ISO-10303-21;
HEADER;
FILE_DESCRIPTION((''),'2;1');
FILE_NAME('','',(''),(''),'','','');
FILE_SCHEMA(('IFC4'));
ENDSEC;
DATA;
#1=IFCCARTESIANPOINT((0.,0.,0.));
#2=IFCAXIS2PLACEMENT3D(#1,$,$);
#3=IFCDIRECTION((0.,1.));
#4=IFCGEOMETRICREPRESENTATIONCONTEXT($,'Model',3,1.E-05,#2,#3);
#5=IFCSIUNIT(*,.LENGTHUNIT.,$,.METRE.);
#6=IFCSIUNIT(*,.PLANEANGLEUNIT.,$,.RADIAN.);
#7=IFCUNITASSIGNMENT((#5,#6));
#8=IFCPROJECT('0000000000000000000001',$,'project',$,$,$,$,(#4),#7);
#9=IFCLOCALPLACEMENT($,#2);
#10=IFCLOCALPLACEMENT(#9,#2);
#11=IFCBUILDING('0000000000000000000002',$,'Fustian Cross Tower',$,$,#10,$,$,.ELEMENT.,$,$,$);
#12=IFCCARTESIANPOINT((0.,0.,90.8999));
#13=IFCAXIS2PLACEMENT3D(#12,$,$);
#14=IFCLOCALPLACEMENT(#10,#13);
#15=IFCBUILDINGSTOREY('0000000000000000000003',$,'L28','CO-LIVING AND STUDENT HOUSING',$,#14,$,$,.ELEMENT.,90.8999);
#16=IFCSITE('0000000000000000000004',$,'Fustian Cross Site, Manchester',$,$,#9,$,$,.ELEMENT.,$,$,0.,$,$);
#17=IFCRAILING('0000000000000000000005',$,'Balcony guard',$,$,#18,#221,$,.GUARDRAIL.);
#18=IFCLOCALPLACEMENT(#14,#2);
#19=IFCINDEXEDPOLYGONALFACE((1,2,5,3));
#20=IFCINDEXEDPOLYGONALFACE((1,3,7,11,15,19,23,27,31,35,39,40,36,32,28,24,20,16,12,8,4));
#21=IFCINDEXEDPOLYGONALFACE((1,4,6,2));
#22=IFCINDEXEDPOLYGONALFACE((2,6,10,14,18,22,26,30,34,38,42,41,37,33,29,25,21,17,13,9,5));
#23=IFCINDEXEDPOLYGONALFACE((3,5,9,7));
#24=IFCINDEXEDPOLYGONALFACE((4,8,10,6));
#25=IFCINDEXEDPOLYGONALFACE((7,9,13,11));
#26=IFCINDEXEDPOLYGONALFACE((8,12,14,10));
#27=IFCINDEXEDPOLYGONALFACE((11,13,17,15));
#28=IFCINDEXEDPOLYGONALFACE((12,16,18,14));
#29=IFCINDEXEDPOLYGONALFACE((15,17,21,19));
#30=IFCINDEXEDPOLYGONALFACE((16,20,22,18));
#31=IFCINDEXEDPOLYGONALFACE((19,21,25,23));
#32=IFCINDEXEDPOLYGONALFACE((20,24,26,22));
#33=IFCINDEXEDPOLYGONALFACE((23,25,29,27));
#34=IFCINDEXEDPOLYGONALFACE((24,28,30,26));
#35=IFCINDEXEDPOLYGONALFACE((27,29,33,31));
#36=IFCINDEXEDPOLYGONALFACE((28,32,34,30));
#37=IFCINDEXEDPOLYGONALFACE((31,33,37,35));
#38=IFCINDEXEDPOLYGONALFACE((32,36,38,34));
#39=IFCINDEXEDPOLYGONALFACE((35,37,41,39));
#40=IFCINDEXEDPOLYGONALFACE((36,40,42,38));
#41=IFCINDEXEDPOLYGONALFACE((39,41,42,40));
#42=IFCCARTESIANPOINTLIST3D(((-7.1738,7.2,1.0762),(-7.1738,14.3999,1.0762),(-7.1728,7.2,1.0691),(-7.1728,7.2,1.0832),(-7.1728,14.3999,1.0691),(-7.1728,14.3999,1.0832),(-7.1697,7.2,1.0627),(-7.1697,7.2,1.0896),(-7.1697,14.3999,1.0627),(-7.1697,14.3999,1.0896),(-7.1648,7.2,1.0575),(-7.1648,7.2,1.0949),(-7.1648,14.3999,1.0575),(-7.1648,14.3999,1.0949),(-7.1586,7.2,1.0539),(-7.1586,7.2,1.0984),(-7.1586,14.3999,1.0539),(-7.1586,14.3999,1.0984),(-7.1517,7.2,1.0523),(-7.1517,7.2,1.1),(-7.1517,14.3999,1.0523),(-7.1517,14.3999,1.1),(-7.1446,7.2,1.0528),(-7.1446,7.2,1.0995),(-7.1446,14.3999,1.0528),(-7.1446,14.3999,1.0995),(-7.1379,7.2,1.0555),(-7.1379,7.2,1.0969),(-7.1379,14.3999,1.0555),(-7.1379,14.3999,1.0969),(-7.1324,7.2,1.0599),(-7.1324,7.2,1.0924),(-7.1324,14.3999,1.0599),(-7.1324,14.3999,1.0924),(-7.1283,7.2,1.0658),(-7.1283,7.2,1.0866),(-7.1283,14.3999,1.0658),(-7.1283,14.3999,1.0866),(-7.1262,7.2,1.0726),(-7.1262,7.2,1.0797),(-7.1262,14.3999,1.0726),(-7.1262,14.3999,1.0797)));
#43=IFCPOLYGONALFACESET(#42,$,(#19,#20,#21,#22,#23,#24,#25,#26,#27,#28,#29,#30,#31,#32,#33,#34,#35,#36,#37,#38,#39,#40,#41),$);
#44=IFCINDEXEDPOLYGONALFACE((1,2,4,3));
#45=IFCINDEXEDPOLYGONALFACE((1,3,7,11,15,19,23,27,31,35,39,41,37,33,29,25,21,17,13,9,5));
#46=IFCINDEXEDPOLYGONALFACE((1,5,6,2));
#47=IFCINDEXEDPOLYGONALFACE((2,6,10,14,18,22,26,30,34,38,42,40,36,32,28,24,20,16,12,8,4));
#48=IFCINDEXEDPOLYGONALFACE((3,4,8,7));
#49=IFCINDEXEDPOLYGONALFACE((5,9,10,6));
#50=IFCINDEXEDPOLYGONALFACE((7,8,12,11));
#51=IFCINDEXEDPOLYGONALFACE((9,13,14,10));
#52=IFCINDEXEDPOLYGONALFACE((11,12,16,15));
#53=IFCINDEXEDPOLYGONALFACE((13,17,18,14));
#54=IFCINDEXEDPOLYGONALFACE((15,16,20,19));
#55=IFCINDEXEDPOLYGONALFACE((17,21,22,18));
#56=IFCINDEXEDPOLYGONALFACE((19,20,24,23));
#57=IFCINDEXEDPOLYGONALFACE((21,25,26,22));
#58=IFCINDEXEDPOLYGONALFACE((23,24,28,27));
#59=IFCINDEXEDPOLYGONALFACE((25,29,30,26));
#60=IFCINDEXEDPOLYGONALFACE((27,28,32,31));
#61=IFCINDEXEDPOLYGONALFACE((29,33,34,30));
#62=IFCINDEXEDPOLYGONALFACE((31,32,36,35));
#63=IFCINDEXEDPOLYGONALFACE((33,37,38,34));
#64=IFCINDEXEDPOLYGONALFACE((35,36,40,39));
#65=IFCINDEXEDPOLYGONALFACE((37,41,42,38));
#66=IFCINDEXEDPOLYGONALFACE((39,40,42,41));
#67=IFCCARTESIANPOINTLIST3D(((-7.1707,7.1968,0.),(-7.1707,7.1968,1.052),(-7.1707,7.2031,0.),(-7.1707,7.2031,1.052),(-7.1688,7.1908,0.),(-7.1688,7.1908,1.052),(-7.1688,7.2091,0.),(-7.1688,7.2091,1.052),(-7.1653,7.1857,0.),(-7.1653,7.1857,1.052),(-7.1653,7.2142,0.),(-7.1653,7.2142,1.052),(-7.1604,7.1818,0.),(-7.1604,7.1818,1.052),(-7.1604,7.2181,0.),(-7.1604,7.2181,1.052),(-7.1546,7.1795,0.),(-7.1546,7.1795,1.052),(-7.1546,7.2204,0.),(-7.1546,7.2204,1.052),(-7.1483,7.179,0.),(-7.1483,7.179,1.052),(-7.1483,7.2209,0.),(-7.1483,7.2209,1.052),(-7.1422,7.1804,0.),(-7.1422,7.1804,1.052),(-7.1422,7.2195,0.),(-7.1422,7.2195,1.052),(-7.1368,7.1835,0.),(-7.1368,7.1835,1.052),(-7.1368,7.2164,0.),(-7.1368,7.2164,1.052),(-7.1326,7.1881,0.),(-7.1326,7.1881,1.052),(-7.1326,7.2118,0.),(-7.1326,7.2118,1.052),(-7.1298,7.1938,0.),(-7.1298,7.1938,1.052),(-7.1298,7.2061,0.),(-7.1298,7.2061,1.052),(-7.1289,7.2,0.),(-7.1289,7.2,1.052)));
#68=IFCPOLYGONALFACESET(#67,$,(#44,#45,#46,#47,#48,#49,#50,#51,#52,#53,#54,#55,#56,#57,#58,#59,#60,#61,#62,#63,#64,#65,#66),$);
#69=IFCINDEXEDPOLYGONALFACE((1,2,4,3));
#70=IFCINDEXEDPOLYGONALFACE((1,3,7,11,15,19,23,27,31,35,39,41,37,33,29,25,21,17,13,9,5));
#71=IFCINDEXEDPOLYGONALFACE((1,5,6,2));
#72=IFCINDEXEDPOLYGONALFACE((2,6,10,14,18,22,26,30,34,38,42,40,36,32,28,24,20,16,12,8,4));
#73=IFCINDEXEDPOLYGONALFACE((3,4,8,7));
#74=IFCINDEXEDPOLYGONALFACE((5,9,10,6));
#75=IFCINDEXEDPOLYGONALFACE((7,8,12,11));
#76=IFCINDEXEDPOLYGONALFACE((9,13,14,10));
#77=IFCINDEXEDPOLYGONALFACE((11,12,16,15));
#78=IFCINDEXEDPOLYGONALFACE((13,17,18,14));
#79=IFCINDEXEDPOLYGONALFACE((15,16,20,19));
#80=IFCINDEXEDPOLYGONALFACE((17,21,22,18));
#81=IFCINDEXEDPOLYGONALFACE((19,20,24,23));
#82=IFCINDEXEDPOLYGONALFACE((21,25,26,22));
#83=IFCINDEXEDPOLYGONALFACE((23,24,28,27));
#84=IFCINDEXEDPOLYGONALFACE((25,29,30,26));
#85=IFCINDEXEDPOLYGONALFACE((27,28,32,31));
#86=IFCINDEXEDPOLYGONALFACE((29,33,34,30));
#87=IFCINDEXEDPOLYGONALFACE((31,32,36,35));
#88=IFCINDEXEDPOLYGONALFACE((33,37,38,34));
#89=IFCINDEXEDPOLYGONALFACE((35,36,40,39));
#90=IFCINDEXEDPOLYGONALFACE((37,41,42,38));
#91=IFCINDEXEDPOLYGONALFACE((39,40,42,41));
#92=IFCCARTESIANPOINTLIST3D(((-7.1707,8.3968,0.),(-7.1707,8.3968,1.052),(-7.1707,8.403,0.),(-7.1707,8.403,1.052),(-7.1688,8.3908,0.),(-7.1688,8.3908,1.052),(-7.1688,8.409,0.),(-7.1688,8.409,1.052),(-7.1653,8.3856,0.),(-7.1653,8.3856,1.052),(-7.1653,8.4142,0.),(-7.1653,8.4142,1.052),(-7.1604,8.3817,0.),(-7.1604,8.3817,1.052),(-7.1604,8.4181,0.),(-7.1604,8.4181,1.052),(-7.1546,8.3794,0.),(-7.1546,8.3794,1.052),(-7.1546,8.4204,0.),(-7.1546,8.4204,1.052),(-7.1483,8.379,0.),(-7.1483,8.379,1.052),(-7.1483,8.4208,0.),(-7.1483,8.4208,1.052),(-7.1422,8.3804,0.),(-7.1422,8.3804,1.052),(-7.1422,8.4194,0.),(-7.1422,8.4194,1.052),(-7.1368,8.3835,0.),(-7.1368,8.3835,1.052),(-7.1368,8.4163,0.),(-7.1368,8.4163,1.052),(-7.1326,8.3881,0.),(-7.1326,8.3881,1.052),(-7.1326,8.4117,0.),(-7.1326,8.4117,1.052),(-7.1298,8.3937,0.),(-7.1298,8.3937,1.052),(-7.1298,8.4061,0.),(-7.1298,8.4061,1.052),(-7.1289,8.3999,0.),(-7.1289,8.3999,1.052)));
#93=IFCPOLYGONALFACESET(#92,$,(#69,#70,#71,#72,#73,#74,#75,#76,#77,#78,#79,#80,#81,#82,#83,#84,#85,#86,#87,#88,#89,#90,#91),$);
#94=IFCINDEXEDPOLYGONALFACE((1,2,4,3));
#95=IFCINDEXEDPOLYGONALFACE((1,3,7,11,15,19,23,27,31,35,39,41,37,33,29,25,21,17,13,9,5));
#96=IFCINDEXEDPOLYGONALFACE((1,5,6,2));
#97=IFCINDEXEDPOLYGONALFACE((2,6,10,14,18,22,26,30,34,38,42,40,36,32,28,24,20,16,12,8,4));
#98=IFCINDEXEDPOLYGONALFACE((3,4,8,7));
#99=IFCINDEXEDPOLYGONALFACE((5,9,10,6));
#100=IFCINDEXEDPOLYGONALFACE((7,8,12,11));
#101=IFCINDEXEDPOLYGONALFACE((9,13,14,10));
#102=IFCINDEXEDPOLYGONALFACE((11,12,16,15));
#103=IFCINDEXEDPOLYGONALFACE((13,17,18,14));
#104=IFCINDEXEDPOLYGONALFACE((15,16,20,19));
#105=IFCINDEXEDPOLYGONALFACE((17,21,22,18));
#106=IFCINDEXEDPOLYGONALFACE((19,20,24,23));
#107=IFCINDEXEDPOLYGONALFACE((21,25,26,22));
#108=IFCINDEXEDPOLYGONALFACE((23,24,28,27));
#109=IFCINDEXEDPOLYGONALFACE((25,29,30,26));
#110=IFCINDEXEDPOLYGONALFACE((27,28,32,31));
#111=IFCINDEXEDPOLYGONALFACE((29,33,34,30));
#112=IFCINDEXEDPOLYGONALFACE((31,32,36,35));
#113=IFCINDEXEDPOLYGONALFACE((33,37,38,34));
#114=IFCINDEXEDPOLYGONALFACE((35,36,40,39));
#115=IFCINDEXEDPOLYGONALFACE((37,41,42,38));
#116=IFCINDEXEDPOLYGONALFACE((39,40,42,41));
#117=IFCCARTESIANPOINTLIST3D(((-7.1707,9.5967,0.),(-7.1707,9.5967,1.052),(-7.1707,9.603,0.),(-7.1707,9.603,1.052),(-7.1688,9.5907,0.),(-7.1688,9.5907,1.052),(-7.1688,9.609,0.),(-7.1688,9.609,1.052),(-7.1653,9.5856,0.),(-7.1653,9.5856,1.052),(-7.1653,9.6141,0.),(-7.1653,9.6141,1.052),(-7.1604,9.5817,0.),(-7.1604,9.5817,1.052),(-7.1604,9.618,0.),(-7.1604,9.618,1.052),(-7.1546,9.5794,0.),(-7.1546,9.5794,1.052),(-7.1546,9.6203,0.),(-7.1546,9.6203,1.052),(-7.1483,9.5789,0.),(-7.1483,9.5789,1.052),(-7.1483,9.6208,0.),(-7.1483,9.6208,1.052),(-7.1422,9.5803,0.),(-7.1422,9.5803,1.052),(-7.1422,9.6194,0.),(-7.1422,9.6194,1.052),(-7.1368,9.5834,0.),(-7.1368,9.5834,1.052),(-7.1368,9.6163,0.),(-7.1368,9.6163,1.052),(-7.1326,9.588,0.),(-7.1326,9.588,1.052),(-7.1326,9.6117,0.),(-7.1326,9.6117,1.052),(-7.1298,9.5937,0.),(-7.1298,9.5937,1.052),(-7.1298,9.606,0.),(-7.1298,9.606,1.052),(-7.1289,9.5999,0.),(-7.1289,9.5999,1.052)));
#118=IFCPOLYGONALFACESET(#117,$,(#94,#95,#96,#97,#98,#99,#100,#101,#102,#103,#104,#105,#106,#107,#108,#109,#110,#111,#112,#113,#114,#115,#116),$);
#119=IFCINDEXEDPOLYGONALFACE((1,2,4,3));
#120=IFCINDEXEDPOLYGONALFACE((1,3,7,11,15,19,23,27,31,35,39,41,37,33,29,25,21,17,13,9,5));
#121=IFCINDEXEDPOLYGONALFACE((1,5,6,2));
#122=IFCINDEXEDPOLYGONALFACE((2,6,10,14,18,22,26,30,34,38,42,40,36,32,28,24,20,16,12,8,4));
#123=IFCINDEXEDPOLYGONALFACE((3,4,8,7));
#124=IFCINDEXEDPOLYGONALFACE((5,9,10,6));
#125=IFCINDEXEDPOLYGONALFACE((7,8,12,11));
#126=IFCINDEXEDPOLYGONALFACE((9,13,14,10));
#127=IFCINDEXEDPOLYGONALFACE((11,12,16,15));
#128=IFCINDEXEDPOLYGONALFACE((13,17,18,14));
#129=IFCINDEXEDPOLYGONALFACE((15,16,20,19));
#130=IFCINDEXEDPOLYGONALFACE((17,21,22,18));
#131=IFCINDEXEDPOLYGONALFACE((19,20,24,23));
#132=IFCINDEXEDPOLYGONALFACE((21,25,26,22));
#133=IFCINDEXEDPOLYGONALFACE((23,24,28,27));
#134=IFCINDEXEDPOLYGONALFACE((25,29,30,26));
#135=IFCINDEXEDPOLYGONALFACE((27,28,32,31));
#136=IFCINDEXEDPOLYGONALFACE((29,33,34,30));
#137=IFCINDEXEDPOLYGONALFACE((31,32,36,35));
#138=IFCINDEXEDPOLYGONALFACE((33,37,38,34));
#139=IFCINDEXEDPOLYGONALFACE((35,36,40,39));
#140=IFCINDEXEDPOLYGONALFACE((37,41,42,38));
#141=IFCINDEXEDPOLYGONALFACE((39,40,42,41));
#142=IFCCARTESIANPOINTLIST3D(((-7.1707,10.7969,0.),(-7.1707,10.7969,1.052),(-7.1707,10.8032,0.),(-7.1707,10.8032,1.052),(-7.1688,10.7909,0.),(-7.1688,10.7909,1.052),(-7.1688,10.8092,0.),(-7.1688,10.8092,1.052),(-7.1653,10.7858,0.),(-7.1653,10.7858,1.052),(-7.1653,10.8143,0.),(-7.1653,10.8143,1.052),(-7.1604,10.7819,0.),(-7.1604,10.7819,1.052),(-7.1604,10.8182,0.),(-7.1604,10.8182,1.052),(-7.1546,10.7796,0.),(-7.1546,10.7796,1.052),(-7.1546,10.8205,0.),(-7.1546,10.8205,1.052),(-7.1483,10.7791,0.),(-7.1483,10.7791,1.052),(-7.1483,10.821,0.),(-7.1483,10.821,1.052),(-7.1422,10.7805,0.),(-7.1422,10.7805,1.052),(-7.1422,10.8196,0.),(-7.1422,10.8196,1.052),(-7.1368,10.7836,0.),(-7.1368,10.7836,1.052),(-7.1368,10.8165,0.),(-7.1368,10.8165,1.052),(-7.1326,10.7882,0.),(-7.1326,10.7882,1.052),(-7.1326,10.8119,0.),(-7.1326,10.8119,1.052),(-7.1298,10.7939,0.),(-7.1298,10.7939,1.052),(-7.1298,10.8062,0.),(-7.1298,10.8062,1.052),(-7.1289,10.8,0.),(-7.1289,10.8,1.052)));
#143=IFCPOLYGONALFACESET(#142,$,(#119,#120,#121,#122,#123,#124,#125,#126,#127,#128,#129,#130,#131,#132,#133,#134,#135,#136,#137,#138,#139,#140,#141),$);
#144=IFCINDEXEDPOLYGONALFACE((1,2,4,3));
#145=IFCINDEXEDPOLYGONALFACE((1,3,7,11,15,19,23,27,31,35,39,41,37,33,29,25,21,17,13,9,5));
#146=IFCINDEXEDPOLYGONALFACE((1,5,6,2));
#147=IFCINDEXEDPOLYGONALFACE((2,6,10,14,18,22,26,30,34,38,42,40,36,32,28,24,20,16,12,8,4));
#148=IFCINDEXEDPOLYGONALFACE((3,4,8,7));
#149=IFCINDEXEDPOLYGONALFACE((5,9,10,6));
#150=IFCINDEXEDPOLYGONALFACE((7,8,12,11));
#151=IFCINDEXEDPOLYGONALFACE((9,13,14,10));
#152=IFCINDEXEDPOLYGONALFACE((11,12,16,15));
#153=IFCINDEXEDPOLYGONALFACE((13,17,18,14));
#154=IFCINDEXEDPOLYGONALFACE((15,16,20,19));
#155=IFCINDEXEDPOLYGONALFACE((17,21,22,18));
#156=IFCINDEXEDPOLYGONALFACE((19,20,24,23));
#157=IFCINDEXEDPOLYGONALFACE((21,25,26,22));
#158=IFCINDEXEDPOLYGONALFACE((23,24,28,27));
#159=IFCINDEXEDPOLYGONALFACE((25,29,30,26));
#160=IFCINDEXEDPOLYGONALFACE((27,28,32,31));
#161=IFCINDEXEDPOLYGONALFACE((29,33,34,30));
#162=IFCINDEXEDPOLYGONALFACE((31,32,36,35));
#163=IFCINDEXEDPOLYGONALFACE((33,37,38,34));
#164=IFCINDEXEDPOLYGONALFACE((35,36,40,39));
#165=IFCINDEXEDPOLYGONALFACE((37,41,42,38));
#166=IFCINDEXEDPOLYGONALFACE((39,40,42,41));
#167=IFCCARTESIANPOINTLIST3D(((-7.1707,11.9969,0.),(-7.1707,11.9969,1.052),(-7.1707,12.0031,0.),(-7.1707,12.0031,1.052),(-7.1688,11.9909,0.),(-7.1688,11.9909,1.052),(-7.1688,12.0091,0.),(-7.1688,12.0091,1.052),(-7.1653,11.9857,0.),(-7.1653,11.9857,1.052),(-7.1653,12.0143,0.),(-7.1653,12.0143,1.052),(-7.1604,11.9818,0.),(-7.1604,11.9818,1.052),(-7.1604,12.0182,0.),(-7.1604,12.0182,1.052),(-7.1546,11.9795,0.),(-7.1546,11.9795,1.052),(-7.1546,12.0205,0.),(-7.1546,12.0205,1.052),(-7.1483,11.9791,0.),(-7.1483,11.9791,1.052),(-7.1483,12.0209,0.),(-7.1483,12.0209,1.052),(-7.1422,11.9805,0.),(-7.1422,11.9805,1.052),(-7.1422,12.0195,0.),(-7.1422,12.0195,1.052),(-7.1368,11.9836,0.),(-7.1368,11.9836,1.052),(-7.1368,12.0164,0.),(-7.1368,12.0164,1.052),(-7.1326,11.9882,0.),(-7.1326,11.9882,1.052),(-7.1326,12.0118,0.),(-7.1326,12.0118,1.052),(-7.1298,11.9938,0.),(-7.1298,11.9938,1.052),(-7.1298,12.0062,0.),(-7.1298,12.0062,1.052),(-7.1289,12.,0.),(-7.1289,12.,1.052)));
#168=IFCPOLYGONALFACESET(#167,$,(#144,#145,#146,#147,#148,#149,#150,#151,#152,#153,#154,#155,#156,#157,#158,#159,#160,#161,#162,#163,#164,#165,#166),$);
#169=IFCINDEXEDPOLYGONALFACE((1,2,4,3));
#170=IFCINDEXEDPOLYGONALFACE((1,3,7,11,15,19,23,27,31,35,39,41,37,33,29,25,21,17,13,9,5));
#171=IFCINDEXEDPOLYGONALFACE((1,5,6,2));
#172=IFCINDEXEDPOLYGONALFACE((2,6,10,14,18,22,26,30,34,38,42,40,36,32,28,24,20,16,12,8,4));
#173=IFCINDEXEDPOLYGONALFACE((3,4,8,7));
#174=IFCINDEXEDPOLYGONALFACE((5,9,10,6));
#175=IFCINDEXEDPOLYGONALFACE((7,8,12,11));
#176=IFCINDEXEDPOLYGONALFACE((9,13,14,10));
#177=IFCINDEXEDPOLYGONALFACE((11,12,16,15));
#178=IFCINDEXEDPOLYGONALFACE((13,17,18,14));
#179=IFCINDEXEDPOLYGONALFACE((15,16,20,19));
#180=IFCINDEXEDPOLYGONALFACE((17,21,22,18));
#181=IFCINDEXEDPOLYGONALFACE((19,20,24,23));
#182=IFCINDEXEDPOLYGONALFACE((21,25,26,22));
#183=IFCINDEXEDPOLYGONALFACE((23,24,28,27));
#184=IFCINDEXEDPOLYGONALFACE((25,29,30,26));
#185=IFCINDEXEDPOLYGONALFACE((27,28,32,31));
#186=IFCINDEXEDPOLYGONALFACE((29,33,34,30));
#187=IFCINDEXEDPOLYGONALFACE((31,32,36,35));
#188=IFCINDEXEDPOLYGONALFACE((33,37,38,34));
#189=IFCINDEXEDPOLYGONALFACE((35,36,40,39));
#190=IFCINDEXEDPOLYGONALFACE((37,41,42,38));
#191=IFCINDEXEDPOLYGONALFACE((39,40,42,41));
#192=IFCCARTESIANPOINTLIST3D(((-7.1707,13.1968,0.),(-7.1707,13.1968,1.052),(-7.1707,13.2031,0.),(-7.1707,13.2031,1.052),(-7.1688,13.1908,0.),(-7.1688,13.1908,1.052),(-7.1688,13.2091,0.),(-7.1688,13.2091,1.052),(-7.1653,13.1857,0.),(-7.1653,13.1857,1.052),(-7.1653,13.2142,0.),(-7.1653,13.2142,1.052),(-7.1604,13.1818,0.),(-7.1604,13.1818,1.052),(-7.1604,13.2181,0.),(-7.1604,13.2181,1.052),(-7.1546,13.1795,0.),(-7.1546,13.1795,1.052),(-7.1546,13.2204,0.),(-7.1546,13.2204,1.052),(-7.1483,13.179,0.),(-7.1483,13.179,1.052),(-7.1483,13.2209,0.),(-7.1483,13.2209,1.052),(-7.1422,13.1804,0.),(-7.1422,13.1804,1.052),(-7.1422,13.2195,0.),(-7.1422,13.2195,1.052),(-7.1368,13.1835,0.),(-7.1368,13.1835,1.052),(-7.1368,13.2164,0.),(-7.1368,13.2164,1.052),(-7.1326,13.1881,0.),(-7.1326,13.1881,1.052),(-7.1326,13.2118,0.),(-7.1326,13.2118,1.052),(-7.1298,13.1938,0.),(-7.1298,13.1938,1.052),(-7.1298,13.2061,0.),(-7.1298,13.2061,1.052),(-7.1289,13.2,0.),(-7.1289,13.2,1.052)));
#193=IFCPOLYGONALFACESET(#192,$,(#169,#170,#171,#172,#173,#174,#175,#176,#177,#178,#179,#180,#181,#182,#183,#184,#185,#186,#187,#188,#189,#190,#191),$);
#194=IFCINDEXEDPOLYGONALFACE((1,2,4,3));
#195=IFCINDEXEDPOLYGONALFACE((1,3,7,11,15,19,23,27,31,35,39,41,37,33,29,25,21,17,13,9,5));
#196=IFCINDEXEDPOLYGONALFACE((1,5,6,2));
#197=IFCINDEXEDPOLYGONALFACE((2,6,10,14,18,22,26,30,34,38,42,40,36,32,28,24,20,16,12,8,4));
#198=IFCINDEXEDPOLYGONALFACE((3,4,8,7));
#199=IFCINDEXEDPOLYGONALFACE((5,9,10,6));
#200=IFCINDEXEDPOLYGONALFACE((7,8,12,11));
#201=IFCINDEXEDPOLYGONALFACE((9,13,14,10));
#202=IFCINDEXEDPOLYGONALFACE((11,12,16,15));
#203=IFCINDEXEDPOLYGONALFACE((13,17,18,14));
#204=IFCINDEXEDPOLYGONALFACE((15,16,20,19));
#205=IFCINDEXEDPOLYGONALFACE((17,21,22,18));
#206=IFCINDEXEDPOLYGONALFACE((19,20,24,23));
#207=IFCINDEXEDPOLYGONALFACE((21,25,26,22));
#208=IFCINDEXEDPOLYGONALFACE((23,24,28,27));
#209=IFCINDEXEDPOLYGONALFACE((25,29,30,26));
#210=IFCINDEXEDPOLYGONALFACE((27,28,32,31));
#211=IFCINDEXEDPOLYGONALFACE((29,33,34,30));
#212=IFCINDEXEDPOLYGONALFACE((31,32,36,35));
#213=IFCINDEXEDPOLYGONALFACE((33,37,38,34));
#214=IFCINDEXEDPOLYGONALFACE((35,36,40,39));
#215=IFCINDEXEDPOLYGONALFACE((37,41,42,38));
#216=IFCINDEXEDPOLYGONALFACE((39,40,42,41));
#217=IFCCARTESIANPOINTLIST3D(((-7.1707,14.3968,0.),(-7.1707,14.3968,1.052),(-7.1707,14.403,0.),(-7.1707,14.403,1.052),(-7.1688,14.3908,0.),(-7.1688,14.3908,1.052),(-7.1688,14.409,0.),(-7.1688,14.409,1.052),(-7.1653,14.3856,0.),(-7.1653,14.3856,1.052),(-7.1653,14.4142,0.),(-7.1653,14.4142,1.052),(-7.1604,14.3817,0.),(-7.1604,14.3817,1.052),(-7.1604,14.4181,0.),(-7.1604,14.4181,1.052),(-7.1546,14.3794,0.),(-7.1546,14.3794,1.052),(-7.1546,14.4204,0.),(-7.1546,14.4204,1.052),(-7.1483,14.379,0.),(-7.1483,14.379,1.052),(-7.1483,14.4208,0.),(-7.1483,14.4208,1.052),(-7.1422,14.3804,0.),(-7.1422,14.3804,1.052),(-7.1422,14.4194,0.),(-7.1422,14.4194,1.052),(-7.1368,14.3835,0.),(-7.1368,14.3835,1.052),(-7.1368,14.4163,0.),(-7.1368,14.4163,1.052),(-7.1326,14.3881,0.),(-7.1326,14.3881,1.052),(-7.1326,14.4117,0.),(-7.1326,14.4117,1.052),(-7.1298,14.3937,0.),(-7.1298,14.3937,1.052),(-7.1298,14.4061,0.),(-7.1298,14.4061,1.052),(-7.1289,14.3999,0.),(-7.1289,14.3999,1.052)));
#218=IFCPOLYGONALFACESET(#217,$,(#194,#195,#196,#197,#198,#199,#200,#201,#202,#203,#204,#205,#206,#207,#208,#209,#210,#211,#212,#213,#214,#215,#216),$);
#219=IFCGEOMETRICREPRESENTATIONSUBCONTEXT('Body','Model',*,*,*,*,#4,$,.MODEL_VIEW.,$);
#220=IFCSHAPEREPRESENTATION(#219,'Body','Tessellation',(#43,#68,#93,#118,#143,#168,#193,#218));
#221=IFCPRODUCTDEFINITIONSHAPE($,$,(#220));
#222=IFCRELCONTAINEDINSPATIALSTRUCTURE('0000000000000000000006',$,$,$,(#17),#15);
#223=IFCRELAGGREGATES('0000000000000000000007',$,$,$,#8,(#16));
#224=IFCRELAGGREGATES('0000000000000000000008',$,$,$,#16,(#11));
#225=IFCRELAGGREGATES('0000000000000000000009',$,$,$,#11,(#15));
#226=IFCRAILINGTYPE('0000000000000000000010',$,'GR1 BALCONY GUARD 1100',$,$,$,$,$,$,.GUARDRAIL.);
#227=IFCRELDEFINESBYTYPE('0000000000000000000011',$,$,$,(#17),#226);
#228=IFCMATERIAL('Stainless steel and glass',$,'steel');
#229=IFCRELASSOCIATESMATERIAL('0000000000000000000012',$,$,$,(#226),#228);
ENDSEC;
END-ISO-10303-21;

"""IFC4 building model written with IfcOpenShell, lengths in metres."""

from ifc_helpers import new_model, si_unit, direction, frame, origin, origin_2d, place, context, subcontext, project, spatial, circle, extrude, material, type_object, element, save


model = new_model("IFC4")

# Units and contexts
model_context = context("Model", 3, precision=1e-05, world=origin(), true_north=direction((0.0, 1.0)))
body_context = subcontext(model_context, "Body", "Model", "MODEL_VIEW")
ifc_project = project(units=[si_unit("LENGTHUNIT", "METRE"), si_unit("PLANEANGLEUNIT", "RADIAN")], contexts=[model_context])

# Site, building, storey
site_placement = place(None, origin())
site = spatial("IfcSite", under=ifc_project, at=site_placement, Name="Fustian Cross Site, Manchester", CompositionType="ELEMENT", RefElevation=0.0)
building_placement = place(site_placement, origin())
building = spatial("IfcBuilding", under=site, at=building_placement, Name="Fustian Cross Tower", CompositionType="ELEMENT")
storey_placement = place(building_placement, frame((0.0, 0.0, 90.8999)))
storey = spatial("IfcBuildingStorey", under=building, at=storey_placement, Name="L28", Description="CO-LIVING AND STUDENT HOUSING", CompositionType="ELEMENT", Elevation=90.8999)

# Railing
ifc_material_1 = material(Name="Stainless steel and glass", Category="steel")
railing_type = type_object("IfcRailingType", Name="GR1 BALCONY GUARD 1100", PredefinedType="GUARDRAIL", material=ifc_material_1)
railing_placement = place(storey_placement, frame((-7.1499, 7.2, 0.0)))
element("IfcRailing", 1, at=railing_placement, inside=storey, type_object=railing_type, Name="Balcony guard", PredefinedType="GUARDRAIL", context=body_context, shape_type="SweptSolid", body=[
    extrude(circle(Radius=0.0239, at=origin_2d()), frame((0.0, 0.0, 1.0762), z_axis=(0.0, 1.0, 0.0), x_axis=(-1.0, 0.0, 0.0)), (0.0, 0.0, 1.0), 7.2),
    extrude(circle(Radius=0.021, at=origin_2d()), origin(), (0.0, 0.0, 1.0), 1.052),
    extrude(circle(Radius=0.021, at=origin_2d()), frame((0.0, 1.2, 0.0)), (0.0, 0.0, 1.0), 1.052),
    extrude(circle(Radius=0.021, at=origin_2d()), frame((0.0, 2.3999, 0.0)), (0.0, 0.0, 1.0), 1.052),
    extrude(circle(Radius=0.021, at=origin_2d()), frame((0.0, 3.6001, 0.0)), (0.0, 0.0, 1.0), 1.052),
    extrude(circle(Radius=0.021, at=origin_2d()), frame((0.0, 4.8, 0.0)), (0.0, 0.0, 1.0), 1.052),
    extrude(circle(Radius=0.021, at=origin_2d()), frame((0.0, 6.0, 0.0)), (0.0, 0.0, 1.0), 1.052),
    extrude(circle(Radius=0.021, at=origin_2d()), frame((0.0, 7.2, 0.0)), (0.0, 0.0, 1.0), 1.052),
])

save(model, "model.ifc")
